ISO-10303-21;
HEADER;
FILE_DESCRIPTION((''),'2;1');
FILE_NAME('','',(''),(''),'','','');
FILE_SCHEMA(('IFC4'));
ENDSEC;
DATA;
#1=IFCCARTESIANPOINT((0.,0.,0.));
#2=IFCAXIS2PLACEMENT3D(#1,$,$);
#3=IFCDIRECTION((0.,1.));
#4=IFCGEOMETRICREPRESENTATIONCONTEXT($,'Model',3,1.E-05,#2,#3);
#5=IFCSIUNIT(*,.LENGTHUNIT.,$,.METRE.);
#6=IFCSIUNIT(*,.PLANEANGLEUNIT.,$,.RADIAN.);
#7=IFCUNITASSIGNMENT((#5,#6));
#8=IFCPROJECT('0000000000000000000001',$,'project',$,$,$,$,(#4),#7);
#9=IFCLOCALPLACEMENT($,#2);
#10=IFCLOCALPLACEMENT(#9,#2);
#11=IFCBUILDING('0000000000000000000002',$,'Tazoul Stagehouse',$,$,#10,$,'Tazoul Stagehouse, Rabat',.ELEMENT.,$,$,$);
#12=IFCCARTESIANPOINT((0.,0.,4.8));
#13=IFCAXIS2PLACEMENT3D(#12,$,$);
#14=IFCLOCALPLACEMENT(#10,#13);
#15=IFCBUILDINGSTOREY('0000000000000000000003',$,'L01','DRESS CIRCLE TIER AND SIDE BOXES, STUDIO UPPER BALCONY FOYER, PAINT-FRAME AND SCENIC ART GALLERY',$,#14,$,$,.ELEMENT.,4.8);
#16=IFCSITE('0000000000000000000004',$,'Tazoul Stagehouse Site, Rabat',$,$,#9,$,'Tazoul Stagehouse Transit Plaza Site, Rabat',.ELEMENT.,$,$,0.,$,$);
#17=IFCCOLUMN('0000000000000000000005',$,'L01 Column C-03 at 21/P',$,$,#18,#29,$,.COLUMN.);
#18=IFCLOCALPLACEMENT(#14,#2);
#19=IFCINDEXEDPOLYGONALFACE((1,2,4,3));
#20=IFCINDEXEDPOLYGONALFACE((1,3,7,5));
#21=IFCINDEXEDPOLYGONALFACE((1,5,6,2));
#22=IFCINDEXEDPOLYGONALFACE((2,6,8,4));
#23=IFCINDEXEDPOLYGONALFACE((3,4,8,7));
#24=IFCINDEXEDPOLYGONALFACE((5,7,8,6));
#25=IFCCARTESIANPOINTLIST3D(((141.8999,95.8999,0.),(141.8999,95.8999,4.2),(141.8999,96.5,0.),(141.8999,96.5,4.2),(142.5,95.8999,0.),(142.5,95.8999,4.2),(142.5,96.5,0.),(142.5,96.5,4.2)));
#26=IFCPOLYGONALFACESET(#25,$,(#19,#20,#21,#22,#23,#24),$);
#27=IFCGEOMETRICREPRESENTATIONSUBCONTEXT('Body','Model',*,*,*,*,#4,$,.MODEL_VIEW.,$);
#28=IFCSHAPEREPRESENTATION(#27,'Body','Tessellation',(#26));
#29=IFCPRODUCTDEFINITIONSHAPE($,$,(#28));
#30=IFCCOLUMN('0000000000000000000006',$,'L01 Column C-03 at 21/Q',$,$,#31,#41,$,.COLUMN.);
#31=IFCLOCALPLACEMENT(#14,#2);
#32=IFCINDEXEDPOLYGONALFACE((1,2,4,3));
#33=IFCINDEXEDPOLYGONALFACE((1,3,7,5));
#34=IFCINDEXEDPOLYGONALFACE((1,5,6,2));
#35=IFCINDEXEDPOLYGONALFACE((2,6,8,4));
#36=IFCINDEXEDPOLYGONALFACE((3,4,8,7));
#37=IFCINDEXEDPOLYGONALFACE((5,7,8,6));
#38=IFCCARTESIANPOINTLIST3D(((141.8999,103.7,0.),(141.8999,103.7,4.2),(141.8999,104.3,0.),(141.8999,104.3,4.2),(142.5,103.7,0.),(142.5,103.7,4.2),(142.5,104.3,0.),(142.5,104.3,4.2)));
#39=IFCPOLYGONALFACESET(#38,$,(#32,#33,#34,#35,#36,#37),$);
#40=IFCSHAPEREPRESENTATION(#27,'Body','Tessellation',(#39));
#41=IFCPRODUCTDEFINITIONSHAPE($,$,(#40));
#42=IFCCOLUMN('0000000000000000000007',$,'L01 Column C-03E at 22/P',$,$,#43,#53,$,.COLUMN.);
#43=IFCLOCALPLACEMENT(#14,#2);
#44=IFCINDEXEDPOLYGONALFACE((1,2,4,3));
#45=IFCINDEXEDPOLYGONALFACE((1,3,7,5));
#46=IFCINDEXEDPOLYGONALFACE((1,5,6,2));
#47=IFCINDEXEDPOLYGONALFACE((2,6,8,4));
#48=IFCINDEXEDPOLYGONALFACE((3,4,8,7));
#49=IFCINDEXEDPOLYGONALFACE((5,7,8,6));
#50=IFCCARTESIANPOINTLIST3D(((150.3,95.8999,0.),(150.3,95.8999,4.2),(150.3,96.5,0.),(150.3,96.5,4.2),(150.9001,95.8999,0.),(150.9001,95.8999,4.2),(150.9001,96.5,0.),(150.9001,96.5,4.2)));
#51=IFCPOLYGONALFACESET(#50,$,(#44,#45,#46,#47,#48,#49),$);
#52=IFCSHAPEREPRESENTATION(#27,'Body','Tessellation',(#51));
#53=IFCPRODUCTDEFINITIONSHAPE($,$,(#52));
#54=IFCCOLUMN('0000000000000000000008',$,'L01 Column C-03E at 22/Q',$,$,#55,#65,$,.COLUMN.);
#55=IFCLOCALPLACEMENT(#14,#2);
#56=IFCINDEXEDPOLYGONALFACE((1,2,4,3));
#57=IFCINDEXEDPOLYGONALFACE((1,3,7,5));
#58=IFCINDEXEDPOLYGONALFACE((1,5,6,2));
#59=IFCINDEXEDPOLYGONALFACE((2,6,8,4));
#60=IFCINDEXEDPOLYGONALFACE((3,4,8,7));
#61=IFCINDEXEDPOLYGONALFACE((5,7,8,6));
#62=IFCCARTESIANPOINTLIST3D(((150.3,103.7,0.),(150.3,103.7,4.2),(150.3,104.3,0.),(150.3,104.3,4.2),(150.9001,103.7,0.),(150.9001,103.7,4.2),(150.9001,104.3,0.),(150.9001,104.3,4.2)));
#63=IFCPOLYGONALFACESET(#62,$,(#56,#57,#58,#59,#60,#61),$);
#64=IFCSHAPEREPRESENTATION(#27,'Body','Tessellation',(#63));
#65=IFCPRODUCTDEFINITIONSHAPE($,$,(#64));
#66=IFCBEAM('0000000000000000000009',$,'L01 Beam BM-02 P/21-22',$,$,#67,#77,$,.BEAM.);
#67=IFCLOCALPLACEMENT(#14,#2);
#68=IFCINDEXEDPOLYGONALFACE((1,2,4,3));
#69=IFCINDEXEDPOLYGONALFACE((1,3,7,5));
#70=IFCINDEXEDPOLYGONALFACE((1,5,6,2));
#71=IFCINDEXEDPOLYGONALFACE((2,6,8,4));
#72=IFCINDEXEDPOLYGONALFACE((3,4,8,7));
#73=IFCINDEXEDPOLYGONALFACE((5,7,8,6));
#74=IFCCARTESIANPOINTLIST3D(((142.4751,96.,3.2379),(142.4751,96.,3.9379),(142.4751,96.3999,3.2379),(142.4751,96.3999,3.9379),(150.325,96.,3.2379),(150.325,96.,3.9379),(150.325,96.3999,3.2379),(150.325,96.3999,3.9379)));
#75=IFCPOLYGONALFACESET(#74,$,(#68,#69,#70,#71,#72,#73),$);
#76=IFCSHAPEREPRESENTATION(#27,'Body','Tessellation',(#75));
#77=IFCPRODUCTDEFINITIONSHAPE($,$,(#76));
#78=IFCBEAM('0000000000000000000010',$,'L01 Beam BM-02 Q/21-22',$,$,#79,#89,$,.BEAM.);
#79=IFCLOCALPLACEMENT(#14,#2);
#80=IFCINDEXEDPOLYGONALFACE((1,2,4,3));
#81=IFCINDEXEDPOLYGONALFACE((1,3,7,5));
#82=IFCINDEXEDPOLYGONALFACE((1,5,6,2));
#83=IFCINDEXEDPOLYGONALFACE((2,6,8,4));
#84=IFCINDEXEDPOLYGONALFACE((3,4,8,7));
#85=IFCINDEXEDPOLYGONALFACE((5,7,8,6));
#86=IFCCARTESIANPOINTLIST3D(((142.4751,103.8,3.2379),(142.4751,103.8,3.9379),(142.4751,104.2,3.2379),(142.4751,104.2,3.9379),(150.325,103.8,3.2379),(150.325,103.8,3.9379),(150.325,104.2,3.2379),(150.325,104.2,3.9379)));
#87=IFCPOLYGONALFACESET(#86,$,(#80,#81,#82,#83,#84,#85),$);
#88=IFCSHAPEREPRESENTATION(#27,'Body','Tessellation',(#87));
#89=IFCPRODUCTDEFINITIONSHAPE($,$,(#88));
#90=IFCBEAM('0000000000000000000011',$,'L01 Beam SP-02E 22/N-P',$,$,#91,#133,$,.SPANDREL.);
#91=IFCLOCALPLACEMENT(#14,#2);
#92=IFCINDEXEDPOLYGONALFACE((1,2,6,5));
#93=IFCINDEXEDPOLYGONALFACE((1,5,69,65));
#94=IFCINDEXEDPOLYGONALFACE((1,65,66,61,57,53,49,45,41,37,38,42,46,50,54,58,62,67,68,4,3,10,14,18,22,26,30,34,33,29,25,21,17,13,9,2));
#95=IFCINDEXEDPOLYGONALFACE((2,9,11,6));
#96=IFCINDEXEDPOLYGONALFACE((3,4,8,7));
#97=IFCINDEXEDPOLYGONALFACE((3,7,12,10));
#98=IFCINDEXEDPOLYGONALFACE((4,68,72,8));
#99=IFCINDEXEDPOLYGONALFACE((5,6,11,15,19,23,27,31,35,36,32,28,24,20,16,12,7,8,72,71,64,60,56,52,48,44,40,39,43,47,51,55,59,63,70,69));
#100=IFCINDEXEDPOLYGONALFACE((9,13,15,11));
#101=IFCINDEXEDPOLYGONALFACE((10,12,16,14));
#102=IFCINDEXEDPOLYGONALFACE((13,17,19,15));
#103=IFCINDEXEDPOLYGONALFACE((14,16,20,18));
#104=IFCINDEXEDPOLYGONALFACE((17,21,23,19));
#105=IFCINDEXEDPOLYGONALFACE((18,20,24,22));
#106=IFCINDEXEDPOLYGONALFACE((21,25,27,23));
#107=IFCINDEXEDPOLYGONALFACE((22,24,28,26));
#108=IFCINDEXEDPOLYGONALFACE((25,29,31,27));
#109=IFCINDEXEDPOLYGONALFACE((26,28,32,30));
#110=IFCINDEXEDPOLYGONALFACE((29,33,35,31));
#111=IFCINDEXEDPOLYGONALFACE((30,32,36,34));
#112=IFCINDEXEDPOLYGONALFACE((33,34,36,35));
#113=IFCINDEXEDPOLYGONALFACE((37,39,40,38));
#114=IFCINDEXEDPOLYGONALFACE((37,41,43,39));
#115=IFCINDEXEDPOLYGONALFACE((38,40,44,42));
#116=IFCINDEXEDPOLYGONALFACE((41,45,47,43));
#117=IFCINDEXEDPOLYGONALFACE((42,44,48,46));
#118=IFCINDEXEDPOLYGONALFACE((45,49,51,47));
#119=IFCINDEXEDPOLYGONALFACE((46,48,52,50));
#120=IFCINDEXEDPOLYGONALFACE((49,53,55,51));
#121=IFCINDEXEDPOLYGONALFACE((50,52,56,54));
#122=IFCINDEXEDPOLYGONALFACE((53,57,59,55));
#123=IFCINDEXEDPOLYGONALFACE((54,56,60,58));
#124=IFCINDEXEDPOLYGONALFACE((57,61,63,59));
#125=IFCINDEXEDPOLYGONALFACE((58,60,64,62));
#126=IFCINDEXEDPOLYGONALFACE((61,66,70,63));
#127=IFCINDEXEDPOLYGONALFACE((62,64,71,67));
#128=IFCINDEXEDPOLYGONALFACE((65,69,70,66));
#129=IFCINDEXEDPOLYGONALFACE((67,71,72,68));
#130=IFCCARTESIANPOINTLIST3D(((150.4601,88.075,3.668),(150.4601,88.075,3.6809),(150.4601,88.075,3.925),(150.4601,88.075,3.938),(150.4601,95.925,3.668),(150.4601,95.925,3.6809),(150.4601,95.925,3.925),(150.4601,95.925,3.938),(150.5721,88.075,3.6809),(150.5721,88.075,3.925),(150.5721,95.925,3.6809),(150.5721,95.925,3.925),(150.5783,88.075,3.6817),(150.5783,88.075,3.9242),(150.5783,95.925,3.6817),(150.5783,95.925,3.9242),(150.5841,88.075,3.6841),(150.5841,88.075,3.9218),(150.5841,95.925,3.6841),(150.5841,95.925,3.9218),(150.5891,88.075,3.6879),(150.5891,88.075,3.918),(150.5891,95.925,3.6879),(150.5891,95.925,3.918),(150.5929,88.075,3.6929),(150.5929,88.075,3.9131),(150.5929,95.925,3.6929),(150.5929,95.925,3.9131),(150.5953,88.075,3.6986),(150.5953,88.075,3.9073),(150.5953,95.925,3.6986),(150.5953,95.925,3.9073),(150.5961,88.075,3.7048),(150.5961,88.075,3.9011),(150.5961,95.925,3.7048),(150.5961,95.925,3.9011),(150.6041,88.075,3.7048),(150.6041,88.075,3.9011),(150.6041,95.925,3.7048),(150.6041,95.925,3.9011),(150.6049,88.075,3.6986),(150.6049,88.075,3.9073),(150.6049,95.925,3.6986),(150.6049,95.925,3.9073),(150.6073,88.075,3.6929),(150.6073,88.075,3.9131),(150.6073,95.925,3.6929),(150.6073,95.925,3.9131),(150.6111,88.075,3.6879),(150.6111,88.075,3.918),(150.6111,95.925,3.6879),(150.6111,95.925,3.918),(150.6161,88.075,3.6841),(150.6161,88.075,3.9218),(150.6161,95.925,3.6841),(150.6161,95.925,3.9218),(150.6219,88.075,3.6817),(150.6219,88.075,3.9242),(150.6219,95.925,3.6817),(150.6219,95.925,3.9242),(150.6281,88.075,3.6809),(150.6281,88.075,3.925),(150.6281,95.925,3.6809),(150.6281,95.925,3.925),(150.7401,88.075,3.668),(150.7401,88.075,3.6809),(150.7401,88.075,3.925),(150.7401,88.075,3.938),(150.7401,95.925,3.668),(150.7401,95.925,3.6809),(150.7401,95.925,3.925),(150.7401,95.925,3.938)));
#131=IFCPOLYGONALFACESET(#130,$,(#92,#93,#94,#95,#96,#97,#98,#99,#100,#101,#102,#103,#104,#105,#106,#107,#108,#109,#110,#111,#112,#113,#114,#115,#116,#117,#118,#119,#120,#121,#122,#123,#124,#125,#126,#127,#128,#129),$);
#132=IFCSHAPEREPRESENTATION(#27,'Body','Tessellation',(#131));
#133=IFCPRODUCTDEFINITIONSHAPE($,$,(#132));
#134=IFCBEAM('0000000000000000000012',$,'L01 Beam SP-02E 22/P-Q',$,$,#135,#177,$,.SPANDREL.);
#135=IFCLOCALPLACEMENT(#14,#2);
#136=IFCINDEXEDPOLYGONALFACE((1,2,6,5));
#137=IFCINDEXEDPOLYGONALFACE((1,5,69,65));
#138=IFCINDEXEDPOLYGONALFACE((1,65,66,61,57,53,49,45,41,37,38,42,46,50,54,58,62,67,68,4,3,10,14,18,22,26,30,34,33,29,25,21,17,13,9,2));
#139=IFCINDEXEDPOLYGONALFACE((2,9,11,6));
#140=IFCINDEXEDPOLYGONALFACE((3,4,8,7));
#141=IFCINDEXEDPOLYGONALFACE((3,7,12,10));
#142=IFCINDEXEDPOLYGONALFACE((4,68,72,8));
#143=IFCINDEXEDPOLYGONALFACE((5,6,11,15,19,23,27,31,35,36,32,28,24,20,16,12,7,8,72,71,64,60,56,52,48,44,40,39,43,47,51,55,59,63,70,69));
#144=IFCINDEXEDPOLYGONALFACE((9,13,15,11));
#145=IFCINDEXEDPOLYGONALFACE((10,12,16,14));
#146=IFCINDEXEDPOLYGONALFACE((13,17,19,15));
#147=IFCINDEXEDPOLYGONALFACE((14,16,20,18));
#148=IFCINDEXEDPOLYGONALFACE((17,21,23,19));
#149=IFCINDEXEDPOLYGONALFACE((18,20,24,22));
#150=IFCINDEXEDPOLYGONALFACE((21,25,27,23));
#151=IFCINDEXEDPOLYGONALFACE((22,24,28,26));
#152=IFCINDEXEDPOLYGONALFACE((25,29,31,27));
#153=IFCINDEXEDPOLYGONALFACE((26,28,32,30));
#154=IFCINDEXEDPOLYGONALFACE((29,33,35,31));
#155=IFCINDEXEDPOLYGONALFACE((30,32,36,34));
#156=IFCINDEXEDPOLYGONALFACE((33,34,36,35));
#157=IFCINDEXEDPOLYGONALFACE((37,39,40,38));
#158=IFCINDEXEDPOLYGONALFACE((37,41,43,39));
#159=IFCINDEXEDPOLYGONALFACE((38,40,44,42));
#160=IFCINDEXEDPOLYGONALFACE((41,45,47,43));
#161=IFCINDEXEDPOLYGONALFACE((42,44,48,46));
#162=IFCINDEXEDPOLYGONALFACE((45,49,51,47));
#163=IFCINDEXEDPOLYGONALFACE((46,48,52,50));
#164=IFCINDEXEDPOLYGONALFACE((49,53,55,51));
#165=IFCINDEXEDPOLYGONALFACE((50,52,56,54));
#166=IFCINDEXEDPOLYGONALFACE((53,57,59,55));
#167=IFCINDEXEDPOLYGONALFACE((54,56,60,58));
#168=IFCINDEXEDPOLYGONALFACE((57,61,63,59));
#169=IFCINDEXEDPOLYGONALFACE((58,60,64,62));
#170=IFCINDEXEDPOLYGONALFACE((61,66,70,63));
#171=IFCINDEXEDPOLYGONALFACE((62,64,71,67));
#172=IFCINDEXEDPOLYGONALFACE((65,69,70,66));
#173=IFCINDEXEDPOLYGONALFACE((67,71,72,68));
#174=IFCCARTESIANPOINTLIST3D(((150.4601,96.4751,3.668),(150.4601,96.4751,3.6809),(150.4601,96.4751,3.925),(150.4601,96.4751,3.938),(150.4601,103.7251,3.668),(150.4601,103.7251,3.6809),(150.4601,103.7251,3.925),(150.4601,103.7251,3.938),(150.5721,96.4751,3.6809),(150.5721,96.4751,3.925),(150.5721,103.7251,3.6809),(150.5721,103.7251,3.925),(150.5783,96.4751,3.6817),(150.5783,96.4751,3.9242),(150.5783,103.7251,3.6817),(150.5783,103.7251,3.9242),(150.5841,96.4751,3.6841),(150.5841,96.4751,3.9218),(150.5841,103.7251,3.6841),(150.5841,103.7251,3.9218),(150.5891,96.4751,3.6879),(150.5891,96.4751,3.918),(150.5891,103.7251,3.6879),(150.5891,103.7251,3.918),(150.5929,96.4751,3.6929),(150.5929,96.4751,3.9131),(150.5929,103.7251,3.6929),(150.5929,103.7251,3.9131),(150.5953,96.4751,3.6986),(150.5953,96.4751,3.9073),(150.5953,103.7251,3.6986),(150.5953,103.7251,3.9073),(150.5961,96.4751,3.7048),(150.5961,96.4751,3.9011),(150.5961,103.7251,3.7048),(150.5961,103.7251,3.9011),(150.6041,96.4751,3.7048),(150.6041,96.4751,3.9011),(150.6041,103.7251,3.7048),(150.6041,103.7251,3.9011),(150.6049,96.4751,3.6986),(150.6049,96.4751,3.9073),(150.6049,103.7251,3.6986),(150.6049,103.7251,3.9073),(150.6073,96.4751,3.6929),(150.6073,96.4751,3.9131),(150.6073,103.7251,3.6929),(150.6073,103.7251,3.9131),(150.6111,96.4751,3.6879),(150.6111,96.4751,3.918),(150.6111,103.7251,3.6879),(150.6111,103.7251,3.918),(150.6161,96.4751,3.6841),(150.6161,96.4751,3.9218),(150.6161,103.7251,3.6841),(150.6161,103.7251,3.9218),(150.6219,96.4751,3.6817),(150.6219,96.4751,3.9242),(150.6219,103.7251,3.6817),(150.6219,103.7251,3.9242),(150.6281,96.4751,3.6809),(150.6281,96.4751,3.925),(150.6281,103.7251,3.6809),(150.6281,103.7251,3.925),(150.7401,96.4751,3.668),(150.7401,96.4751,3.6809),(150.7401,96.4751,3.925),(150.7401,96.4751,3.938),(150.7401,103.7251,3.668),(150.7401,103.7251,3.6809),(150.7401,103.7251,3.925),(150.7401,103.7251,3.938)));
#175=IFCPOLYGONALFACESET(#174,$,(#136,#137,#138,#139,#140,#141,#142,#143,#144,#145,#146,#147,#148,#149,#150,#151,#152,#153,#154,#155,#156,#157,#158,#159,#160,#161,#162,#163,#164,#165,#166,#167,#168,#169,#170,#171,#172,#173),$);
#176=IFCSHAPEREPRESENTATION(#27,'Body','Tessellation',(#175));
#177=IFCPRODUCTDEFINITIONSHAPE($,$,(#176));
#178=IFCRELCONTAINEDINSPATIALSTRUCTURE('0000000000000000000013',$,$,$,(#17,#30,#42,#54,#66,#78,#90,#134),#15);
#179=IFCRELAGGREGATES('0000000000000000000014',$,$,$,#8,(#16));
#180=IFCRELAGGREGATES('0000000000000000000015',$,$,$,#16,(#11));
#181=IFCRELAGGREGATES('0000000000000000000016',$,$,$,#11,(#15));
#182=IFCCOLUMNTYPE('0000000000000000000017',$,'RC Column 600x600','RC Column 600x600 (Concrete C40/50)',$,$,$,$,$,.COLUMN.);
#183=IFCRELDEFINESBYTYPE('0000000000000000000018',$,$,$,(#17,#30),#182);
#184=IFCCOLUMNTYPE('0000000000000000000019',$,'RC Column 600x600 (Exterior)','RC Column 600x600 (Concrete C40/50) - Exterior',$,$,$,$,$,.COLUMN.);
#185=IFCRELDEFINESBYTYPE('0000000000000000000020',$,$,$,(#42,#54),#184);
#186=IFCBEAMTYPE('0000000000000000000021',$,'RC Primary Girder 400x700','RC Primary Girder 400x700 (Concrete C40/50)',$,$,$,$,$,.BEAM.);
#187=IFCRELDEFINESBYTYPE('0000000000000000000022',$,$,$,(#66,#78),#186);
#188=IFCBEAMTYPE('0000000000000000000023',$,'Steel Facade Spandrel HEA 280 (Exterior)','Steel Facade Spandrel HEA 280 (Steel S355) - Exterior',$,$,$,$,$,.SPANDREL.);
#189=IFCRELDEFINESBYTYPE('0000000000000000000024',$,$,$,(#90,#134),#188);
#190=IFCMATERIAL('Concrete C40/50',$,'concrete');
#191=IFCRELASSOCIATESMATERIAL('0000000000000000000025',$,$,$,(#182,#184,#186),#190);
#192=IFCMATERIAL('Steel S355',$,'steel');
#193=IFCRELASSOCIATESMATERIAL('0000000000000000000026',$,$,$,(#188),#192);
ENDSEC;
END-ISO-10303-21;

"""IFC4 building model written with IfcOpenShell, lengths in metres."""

from ifc_helpers import new_model, si_unit, direction, frame, origin, origin_2d, place, context, subcontext, project, spatial, rectangle, i_section, extrude, material, material_profile, profile_set, type_object, element, save


model = new_model("IFC4")

# Units and contexts
model_context = context("Model", 3, precision=1e-05, world=origin(), true_north=direction((0.0, 1.0)))
body_context = subcontext(model_context, "Body", "Model", "MODEL_VIEW")
ifc_project = project(units=[si_unit("LENGTHUNIT", "METRE"), si_unit("PLANEANGLEUNIT", "RADIAN")], contexts=[model_context])

# Site, building, storey
site_placement = place(None, origin())
site = spatial("IfcSite", under=ifc_project, at=site_placement, Name="Tazoul Stagehouse Site, Rabat", LongName="Tazoul Stagehouse Transit Plaza Site, Rabat", CompositionType="ELEMENT", RefElevation=0.0)
building_placement = place(site_placement, origin())
building = spatial("IfcBuilding", under=site, at=building_placement, Name="Tazoul Stagehouse", LongName="Tazoul Stagehouse, Rabat", CompositionType="ELEMENT")
storey_placement = place(building_placement, frame((0.0, 0.0, 4.8)))
storey = spatial("IfcBuildingStorey", under=building, at=storey_placement, Name="L01", Description="DRESS CIRCLE TIER AND SIDE BOXES, STUDIO UPPER BALCONY FOYER, PAINT-FRAME AND SCENIC ART GALLERY", CompositionType="ELEMENT", Elevation=4.8)

# Columns
ifc_material_1 = material(Name="Concrete C40/50", Category="concrete")
ifc_material_profile_1 = material_profile(ifc_material_1, rectangle(XDim=0.6001, YDim=0.6001, at=origin_2d()), Name="RC 600x600")
ifc_profile_set_1 = profile_set([ifc_material_profile_1], Name="Concrete C40/50")
column_type_1 = type_object("IfcColumnType", Name="RC Column 600x600", Description="RC Column 600x600 (Concrete C40/50)", PredefinedType="COLUMN", material=ifc_profile_set_1)
for number, where, z_axis, x_axis, name in (
    (1, (142.2, 96.2, 0.0), (0.0, 0.0, 1.0), (1.0, 0.0, 0.0), "L01 Column C-03 at 21/P"),
    (2, (142.2, 104.0, 0.0), (0.0, 0.0, 1.0), (1.0, 0.0, 0.0), "L01 Column C-03 at 21/Q"),
):
    element("IfcColumn", number, at=place(storey_placement, frame(where, z_axis=z_axis, x_axis=x_axis)), inside=storey, type_object=column_type_1, Name=name, PredefinedType="COLUMN", context=body_context, shape_type="SweptSolid", body=[
        extrude(rectangle(XDim=0.6001, YDim=0.6001, at=origin_2d()), origin(), (0.0, 0.0, 1.0), 4.2),
    ])
ifc_material_profile_2 = material_profile(ifc_material_1, rectangle(XDim=0.6001, YDim=0.6001, at=origin_2d()), Name="RC 600x600")
ifc_profile_set_2 = profile_set([ifc_material_profile_2], Name="Concrete C40/50")
column_type_2 = type_object("IfcColumnType", Name="RC Column 600x600 (Exterior)", Description="RC Column 600x600 (Concrete C40/50) - Exterior", PredefinedType="COLUMN", material=ifc_profile_set_2)
for number, where, z_axis, x_axis, name in (
    (3, (150.6001, 96.2, 0.0), (0.0, 0.0, 1.0), (1.0, 0.0, 0.0), "L01 Column C-03E at 22/P"),
    (4, (150.6001, 104.0, 0.0), (0.0, 0.0, 1.0), (1.0, 0.0, 0.0), "L01 Column C-03E at 22/Q"),
):
    element("IfcColumn", number, at=place(storey_placement, frame(where, z_axis=z_axis, x_axis=x_axis)), inside=storey, type_object=column_type_2, Name=name, PredefinedType="COLUMN", context=body_context, shape_type="SweptSolid", body=[
        extrude(rectangle(XDim=0.6001, YDim=0.6001, at=origin_2d()), origin(), (0.0, 0.0, 1.0), 4.2),
    ])

# Beams
ifc_material_profile_3 = material_profile(ifc_material_1, rectangle(XDim=0.3999, YDim=0.7, at=origin_2d()), Name="RC 400x700")
ifc_profile_set_3 = profile_set([ifc_material_profile_3], Name="Concrete C40/50")
beam_type_1 = type_object("IfcBeamType", Name="RC Primary Girder 400x700", Description="RC Primary Girder 400x700 (Concrete C40/50)", PredefinedType="BEAM", material=ifc_profile_set_3)
for number, where, z_axis, x_axis, name in (
    (5, (142.4751, 96.2, 3.5879), (1.0, 0.0, 0.0), (0.0, 1.0, 0.0), "L01 Beam BM-02 P/21-22"),
    (6, (142.4751, 104.0, 3.5879), (1.0, 0.0, 0.0), (0.0, 1.0, 0.0), "L01 Beam BM-02 Q/21-22"),
):
    element("IfcBeam", number, at=place(storey_placement, frame(where, z_axis=z_axis, x_axis=x_axis)), inside=storey, type_object=beam_type_1, Name=name, PredefinedType="BEAM", context=body_context, shape_type="SweptSolid", body=[
        extrude(rectangle(XDim=0.3999, YDim=0.7, at=origin_2d()), origin(), (0.0, 0.0, 1.0), 7.8499),
    ])
ifc_material_2 = material(Name="Steel S355", Category="steel")
ifc_material_profile_4 = material_profile(ifc_material_2, i_section(OverallWidth=0.28, OverallDepth=0.27, WebThickness=0.0081, FlangeThickness=0.0129, FilletRadius=0.0239, at=origin_2d()), Name="HEA 280")
ifc_profile_set_4 = profile_set([ifc_material_profile_4], Name="Steel S355")
beam_type_2 = type_object("IfcBeamType", Name="Steel Facade Spandrel HEA 280 (Exterior)", Description="Steel Facade Spandrel HEA 280 (Steel S355) - Exterior", PredefinedType="SPANDREL", material=ifc_profile_set_4)
beam_1_placement = place(storey_placement, frame((150.6001, 88.075, 3.803), z_axis=(0.0, 1.0, 0.0), x_axis=(-1.0, 0.0, 0.0)))
element("IfcBeam", 7, at=beam_1_placement, inside=storey, type_object=beam_type_2, Name="L01 Beam SP-02E 22/N-P", PredefinedType="SPANDREL", context=body_context, shape_type="SweptSolid", body=[
    extrude(i_section(OverallWidth=0.28, OverallDepth=0.27, WebThickness=0.0081, FlangeThickness=0.0129, FilletRadius=0.0239, at=origin_2d()), origin(), (0.0, 0.0, 1.0), 7.8501),
])
beam_2_placement = place(storey_placement, frame((150.6001, 96.4751, 3.803), z_axis=(0.0, 1.0, 0.0), x_axis=(-1.0, 0.0, 0.0)))
element("IfcBeam", 8, at=beam_2_placement, inside=storey, type_object=beam_type_2, Name="L01 Beam SP-02E 22/P-Q", PredefinedType="SPANDREL", context=body_context, shape_type="SweptSolid", body=[
    extrude(i_section(OverallWidth=0.28, OverallDepth=0.27, WebThickness=0.0081, FlangeThickness=0.0129, FilletRadius=0.0239, at=origin_2d()), origin(), (0.0, 0.0, 1.0), 7.25),
])

save(model, "model.ifc")
